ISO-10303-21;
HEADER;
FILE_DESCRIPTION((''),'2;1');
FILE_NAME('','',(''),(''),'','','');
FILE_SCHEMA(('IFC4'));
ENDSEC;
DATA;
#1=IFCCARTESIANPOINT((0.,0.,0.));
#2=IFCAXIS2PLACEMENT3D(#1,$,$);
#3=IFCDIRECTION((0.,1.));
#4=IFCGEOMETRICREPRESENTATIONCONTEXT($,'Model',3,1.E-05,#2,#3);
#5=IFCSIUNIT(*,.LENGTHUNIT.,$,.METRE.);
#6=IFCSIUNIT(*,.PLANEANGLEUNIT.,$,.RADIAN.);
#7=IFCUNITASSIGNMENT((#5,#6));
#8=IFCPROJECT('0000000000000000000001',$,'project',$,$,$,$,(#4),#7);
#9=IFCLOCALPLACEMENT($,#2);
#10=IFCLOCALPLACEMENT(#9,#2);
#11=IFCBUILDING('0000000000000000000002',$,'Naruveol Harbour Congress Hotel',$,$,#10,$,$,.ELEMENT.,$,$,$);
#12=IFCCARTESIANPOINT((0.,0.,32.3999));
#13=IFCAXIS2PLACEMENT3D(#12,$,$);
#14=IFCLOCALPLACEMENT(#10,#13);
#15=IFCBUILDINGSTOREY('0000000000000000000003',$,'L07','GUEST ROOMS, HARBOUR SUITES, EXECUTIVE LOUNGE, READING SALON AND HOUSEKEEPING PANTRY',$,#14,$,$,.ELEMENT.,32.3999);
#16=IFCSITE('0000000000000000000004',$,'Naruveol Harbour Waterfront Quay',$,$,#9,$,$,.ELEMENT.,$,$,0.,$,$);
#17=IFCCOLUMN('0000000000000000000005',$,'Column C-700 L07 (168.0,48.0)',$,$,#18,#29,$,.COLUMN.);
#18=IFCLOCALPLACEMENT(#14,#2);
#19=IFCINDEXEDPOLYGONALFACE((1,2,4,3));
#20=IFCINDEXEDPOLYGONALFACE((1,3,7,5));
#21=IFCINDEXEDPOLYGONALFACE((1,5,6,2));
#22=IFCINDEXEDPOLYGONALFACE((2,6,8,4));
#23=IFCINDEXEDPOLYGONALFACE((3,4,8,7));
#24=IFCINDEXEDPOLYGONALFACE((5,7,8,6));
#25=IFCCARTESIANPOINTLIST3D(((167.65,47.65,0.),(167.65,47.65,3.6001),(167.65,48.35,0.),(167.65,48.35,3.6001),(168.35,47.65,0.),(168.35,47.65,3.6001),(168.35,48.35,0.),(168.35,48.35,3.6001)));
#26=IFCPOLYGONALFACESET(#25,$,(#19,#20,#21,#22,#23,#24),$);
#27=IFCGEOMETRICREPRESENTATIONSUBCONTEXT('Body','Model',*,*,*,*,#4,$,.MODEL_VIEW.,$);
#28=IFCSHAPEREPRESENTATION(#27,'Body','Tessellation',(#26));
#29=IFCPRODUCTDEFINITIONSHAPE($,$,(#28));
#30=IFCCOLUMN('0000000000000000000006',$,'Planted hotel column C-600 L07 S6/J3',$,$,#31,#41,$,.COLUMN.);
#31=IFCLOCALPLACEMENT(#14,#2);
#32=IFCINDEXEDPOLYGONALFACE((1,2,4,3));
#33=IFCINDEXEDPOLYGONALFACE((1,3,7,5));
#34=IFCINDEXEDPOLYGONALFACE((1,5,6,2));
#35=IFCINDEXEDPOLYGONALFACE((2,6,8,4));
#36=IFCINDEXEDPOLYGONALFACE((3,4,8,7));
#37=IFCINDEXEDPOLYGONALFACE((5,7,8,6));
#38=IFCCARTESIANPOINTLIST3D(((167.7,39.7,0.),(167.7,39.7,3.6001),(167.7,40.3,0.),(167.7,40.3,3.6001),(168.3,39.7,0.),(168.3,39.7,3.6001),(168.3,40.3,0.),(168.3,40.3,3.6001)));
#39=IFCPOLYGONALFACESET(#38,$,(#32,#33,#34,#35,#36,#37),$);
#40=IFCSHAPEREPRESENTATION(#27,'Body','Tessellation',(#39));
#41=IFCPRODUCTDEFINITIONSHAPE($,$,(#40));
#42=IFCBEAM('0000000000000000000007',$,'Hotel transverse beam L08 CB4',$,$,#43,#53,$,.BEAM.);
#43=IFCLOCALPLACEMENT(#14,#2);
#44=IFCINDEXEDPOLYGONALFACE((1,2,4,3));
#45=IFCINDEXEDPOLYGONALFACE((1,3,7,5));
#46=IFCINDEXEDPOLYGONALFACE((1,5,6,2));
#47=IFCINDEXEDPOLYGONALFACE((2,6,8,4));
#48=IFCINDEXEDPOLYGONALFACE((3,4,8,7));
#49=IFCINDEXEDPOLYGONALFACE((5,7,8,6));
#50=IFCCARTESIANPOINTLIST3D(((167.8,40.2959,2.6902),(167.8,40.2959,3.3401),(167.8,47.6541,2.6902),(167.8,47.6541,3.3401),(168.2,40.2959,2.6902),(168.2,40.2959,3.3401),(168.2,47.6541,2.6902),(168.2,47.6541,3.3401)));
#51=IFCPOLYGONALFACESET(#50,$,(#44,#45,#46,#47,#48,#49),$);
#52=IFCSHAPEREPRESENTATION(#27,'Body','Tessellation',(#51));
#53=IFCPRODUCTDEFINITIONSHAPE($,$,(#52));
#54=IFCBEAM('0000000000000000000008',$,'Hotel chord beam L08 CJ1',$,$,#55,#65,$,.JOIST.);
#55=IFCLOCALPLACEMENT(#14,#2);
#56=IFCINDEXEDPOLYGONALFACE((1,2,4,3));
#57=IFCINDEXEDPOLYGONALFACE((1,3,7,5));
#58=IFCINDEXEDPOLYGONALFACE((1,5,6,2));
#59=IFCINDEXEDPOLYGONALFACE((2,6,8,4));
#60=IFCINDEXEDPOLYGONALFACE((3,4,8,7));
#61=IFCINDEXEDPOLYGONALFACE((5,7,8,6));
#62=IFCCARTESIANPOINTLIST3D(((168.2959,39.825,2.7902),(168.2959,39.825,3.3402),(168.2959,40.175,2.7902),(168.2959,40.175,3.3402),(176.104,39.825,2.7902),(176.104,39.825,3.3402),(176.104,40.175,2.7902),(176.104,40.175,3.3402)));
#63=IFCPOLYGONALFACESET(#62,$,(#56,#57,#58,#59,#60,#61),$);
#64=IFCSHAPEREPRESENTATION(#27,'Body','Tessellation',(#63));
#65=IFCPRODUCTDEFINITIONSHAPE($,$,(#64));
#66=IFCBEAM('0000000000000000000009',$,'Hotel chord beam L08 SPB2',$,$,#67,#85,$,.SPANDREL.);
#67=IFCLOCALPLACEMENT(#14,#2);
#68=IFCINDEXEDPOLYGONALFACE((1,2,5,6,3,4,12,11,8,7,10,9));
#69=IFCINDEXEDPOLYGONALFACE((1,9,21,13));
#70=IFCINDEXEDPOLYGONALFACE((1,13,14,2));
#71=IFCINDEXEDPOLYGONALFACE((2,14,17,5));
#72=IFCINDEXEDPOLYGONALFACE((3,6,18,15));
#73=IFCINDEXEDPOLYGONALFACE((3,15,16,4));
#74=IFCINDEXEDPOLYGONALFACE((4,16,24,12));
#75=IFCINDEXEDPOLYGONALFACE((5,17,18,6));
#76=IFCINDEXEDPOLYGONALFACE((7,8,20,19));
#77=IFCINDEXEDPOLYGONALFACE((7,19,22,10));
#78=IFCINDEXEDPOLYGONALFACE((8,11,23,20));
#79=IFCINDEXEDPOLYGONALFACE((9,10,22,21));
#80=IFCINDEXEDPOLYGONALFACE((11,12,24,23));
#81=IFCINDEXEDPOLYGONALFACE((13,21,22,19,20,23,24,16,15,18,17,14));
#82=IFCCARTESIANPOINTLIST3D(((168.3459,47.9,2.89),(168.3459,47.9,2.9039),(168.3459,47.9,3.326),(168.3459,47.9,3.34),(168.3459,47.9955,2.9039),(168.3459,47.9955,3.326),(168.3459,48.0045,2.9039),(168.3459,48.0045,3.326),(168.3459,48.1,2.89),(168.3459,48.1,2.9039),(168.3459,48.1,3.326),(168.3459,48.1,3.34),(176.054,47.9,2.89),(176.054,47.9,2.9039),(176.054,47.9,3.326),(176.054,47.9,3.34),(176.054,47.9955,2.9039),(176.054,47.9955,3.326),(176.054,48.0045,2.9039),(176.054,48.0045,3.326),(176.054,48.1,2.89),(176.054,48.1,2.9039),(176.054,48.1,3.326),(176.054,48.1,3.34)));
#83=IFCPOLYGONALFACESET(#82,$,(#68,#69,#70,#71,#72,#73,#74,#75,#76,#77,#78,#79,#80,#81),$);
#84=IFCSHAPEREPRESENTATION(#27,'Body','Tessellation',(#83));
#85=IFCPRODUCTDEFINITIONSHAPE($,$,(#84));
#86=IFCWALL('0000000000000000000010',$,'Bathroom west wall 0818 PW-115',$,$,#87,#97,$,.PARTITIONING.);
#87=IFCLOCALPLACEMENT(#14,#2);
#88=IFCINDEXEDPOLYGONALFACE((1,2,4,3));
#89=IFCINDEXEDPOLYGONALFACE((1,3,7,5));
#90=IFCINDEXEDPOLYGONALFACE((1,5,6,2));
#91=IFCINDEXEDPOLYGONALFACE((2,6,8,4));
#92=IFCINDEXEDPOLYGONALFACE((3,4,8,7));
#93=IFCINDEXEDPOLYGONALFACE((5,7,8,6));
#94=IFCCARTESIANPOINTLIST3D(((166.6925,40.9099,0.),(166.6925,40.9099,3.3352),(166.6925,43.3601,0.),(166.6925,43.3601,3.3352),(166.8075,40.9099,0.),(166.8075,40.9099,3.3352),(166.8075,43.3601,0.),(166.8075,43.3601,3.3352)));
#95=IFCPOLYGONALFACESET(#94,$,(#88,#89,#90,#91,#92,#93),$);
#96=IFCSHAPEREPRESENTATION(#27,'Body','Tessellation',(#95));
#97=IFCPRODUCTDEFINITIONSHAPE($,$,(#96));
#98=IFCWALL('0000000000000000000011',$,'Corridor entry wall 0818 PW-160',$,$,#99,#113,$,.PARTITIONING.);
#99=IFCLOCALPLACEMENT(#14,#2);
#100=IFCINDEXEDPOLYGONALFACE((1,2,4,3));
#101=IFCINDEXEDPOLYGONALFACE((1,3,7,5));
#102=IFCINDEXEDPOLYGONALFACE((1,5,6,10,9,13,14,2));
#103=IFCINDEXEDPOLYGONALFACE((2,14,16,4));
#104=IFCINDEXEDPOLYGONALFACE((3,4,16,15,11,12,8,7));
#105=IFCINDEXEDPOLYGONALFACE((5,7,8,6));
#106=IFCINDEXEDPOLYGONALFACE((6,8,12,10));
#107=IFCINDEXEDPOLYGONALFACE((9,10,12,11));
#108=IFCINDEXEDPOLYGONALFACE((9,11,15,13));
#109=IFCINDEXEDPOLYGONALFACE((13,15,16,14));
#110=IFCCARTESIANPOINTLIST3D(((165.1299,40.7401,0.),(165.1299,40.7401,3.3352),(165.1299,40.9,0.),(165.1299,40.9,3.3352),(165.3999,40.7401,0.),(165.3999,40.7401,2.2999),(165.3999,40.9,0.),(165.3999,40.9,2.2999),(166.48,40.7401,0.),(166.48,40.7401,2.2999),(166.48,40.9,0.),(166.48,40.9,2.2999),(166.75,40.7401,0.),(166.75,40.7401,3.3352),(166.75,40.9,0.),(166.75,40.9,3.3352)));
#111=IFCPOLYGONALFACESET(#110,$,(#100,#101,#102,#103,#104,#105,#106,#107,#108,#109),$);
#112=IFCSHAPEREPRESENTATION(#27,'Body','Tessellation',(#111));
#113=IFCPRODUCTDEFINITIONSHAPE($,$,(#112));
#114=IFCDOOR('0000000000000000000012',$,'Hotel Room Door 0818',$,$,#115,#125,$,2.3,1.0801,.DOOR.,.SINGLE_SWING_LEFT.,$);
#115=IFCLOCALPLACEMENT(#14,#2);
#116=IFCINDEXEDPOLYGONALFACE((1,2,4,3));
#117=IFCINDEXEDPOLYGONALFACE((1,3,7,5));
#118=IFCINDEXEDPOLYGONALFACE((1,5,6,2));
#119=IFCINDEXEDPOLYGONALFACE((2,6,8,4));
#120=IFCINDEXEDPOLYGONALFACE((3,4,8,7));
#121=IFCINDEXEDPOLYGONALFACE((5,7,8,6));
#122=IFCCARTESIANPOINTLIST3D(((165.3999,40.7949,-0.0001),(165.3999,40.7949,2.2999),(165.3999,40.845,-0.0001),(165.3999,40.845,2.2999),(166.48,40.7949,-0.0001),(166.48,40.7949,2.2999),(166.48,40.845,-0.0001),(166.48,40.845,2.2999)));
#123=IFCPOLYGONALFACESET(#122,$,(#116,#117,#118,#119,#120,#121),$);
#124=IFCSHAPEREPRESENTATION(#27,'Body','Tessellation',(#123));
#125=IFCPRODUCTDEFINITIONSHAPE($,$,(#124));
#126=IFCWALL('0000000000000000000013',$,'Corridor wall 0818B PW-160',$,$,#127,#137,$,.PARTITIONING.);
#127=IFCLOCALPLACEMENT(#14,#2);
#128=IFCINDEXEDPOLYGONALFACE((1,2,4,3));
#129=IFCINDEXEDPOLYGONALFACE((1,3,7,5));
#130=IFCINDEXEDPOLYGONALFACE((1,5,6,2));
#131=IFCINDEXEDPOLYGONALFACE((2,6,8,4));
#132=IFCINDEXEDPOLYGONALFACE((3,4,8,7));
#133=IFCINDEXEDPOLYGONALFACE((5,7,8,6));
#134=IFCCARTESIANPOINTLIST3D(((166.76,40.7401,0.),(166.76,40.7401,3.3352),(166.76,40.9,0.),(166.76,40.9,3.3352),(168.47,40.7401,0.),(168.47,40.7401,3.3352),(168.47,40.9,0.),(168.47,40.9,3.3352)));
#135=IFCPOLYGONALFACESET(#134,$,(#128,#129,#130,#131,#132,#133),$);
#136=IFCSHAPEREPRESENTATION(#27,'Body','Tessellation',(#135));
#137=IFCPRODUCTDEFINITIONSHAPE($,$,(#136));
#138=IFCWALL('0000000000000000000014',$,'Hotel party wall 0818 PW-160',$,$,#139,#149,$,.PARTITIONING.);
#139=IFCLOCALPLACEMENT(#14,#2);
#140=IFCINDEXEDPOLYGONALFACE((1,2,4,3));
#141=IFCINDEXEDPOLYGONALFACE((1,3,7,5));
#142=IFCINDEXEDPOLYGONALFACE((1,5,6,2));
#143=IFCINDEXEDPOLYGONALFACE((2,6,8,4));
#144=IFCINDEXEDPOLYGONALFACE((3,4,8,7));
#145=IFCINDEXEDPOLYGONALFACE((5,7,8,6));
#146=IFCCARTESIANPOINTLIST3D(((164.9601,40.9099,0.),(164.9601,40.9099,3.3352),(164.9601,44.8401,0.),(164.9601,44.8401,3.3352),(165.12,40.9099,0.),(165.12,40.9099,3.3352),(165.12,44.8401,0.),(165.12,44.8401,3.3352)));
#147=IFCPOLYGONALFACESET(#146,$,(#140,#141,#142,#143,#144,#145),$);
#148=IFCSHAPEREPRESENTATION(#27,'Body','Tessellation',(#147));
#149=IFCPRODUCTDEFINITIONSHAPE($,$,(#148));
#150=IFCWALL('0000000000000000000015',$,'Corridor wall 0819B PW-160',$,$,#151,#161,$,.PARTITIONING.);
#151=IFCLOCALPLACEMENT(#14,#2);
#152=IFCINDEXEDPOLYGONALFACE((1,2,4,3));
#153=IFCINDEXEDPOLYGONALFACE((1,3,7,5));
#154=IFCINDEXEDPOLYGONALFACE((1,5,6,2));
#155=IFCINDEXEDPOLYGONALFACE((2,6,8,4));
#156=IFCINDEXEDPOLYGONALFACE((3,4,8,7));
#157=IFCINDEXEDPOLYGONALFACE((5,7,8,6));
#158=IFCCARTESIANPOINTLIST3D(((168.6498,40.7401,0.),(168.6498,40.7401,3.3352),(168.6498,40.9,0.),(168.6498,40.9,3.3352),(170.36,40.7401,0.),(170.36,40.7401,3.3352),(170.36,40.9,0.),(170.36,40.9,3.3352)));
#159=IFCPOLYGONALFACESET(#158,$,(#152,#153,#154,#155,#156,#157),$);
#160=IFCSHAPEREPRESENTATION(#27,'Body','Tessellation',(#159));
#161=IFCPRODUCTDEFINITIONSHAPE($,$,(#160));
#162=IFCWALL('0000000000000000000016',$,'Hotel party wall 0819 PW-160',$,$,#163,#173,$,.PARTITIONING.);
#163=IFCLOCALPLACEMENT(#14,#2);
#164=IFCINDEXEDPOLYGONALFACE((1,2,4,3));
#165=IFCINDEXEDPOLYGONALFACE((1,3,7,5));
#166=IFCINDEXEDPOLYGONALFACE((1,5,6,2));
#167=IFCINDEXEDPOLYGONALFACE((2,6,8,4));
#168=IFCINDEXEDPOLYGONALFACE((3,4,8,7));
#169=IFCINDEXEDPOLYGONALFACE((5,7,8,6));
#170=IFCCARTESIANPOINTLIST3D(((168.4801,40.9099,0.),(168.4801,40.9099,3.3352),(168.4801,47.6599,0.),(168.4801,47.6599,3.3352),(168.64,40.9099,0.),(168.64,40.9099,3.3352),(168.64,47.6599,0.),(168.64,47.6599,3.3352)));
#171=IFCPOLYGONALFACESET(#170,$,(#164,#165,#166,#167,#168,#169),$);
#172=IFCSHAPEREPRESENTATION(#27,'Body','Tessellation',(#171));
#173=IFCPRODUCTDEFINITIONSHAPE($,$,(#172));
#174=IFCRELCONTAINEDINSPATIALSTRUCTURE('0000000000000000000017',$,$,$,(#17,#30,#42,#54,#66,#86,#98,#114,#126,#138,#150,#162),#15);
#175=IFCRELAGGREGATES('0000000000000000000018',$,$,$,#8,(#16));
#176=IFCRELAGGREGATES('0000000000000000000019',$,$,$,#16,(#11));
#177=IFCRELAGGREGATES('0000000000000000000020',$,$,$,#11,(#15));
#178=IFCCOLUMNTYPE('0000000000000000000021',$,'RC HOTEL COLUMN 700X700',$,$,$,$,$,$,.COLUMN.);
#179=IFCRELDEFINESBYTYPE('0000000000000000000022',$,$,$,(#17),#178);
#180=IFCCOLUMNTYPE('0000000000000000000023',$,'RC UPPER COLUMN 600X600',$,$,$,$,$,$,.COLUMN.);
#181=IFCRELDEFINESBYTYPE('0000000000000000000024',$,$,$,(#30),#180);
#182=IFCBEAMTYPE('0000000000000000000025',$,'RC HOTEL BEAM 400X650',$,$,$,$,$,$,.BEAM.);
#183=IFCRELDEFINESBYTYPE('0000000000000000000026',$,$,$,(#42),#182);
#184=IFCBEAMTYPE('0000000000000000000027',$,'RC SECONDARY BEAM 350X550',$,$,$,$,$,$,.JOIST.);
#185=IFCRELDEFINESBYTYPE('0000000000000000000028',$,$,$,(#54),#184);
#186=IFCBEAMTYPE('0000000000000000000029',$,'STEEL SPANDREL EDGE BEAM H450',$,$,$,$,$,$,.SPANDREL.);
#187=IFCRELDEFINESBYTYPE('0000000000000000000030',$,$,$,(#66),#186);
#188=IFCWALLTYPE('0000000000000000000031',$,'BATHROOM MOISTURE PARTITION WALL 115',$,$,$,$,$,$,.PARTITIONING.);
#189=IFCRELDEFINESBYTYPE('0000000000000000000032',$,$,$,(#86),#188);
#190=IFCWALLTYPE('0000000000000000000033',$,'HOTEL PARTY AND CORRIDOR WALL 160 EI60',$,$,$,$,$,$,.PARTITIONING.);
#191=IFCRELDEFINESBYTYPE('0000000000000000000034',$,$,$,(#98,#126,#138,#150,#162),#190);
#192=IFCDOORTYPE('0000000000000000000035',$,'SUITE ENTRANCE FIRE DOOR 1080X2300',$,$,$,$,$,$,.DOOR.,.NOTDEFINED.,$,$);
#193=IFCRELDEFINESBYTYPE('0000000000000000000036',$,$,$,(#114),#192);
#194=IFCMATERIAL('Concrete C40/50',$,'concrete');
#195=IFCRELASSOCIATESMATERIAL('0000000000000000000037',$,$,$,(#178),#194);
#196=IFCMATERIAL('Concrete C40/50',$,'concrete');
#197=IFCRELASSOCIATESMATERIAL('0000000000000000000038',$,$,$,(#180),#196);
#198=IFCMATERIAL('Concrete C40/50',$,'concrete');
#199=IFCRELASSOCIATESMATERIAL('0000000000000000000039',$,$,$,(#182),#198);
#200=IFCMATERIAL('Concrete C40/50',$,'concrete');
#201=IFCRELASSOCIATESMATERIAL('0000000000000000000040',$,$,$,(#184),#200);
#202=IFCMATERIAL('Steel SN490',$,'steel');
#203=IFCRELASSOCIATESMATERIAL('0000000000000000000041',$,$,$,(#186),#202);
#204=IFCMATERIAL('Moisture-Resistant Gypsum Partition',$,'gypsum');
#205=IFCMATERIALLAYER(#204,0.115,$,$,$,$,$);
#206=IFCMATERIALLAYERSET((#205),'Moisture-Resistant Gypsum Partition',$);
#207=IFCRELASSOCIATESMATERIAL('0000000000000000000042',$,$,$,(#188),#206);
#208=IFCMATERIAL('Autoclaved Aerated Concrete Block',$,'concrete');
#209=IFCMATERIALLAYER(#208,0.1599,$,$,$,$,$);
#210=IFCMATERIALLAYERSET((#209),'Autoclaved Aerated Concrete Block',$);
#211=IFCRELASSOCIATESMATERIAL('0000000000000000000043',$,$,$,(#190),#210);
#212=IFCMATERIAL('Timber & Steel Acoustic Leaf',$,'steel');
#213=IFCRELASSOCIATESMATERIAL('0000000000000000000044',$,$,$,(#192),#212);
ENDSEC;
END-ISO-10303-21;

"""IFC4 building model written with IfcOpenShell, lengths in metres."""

from ifc_helpers import new_model, si_unit, direction, frame, frame_2d, origin, origin_2d, place, context, subcontext, project, spatial, rectangle, i_section, extrude, material, layer, layer_set, material_profile, profile_set, type_object, element, fill, save


model = new_model("IFC4")

# Units and contexts
model_context = context("Model", 3, precision=1e-05, world=origin(), true_north=direction((0.0, 1.0)))
body_context = subcontext(model_context, "Body", "Model", "MODEL_VIEW")
ifc_project = project(units=[si_unit("LENGTHUNIT", "METRE"), si_unit("PLANEANGLEUNIT", "RADIAN")], contexts=[model_context])

# Site, building, storey
site_placement = place(None, origin())
site = spatial("IfcSite", under=ifc_project, at=site_placement, Name="Naruveol Harbour Waterfront Quay", CompositionType="ELEMENT", RefElevation=0.0)
building_placement = place(site_placement, origin())
building = spatial("IfcBuilding", under=site, at=building_placement, Name="Naruveol Harbour Congress Hotel", CompositionType="ELEMENT")
storey_placement = place(building_placement, frame((0.0, 0.0, 32.3999)))
storey = spatial("IfcBuildingStorey", under=building, at=storey_placement, Name="L07", Description="GUEST ROOMS, HARBOUR SUITES, EXECUTIVE LOUNGE, READING SALON AND HOUSEKEEPING PANTRY", CompositionType="ELEMENT", Elevation=32.3999)

# Columns
ifc_material_1 = material(Name="Concrete C40/50", Category="concrete")
ifc_material_profile_1 = material_profile(ifc_material_1, rectangle(XDim=0.7, YDim=0.7, at=origin_2d()), Name="RC-700x700")
ifc_profile_set_1 = profile_set([ifc_material_profile_1], Name="Concrete C40/50")
column_type_1 = type_object("IfcColumnType", Name="RC HOTEL COLUMN 700X700", PredefinedType="COLUMN", material=ifc_profile_set_1)
column_1_placement = place(storey_placement, frame((168.0, 48.0, 0.0), z_axis=(0.0, 0.0, 1.0), x_axis=(1.0, 0.0, 0.0)))
element("IfcColumn", 1, at=column_1_placement, inside=storey, type_object=column_type_1, Name="Column C-700 L07 (168.0,48.0)", PredefinedType="COLUMN", context=body_context, shape_type="SweptSolid", body=[
    extrude(rectangle(XDim=0.7, YDim=0.7, at=origin_2d()), origin(), (0.0, 0.0, 1.0), 3.6001),
])
ifc_material_2 = material(Name="Concrete C40/50", Category="concrete")
ifc_material_profile_2 = material_profile(ifc_material_2, rectangle(XDim=0.6001, YDim=0.6001, at=origin_2d()), Name="RC-600x600")
ifc_profile_set_2 = profile_set([ifc_material_profile_2], Name="Concrete C40/50")
column_type_2 = type_object("IfcColumnType", Name="RC UPPER COLUMN 600X600", PredefinedType="COLUMN", material=ifc_profile_set_2)
column_2_placement = place(storey_placement, frame((168.0, 40.0, 0.0), z_axis=(0.0, 0.0, 1.0), x_axis=(1.0, 0.0, 0.0)))
element("IfcColumn", 2, at=column_2_placement, inside=storey, type_object=column_type_2, Name="Planted hotel column C-600 L07 S6/J3", PredefinedType="COLUMN", context=body_context, shape_type="SweptSolid", body=[
    extrude(rectangle(XDim=0.6001, YDim=0.6001, at=origin_2d()), origin(), (0.0, 0.0, 1.0), 3.6001),
])

# Beams
ifc_material_3 = material(Name="Concrete C40/50", Category="concrete")
ifc_material_profile_3 = material_profile(ifc_material_3, rectangle(XDim=0.3999, YDim=0.6499, at=origin_2d()), Name="RCB-400x650")
ifc_profile_set_3 = profile_set([ifc_material_profile_3], Name="Concrete C40/50")
beam_type_1 = type_object("IfcBeamType", Name="RC HOTEL BEAM 400X650", PredefinedType="BEAM", material=ifc_profile_set_3)
beam_1_placement = place(storey_placement, frame((168.0, 40.2959, 3.0151), z_axis=(0.0, 1.0, 0.0), x_axis=(-1.0, 0.0, 0.0)))
element("IfcBeam", 3, at=beam_1_placement, inside=storey, type_object=beam_type_1, Name="Hotel transverse beam L08 CB4", PredefinedType="BEAM", context=body_context, shape_type="SweptSolid", body=[
    extrude(rectangle(XDim=0.3999, YDim=0.6499, at=origin_2d()), origin(), (0.0, 0.0, 1.0), 7.3582),
])
ifc_material_4 = material(Name="Concrete C40/50", Category="concrete")
ifc_material_profile_4 = material_profile(ifc_material_4, rectangle(XDim=0.3501, YDim=0.55, at=origin_2d()), Name="RCB-350x550")
ifc_profile_set_4 = profile_set([ifc_material_profile_4], Name="Concrete C40/50")
beam_type_2 = type_object("IfcBeamType", Name="RC SECONDARY BEAM 350X550", PredefinedType="JOIST", material=ifc_profile_set_4)
beam_2_placement = place(storey_placement, frame((168.2959, 40.0, 3.0652), z_axis=(1.0, 0.0, 0.0), x_axis=(0.0, 1.0, 0.0)))
element("IfcBeam", 4, at=beam_2_placement, inside=storey, type_object=beam_type_2, Name="Hotel chord beam L08 CJ1", PredefinedType="JOIST", context=body_context, shape_type="SweptSolid", body=[
    extrude(rectangle(XDim=0.3501, YDim=0.55, at=origin_2d()), origin(), (0.0, 0.0, 1.0), 7.8081),
])
ifc_material_5 = material(Name="Steel SN490", Category="steel")
ifc_material_profile_5 = material_profile(ifc_material_5, i_section(OverallWidth=0.2, OverallDepth=0.45, WebThickness=0.009, FlangeThickness=0.0139, at=origin_2d()), Name="H-450x200x9x14")
ifc_profile_set_5 = profile_set([ifc_material_profile_5], Name="Steel SN490")
beam_type_3 = type_object("IfcBeamType", Name="STEEL SPANDREL EDGE BEAM H450", PredefinedType="SPANDREL", material=ifc_profile_set_5)
beam_3_placement = place(storey_placement, frame((168.3459, 48.0, 3.115), z_axis=(1.0, 0.0, 0.0), x_axis=(0.0, 1.0, 0.0)))
element("IfcBeam", 5, at=beam_3_placement, inside=storey, type_object=beam_type_3, Name="Hotel chord beam L08 SPB2", PredefinedType="SPANDREL", context=body_context, shape_type="SweptSolid", body=[
    extrude(i_section(OverallWidth=0.2, OverallDepth=0.45, WebThickness=0.009, FlangeThickness=0.0139, at=origin_2d()), origin(), (0.0, 0.0, 1.0), 7.708),
])

# Shared definitions
ifc_material_6 = material(Name="Moisture-Resistant Gypsum Partition", Category="gypsum")
ifc_layer_1 = layer(ifc_material_6, 0.115)
ifc_layer_set_1 = layer_set([ifc_layer_1], Name="Moisture-Resistant Gypsum Partition")
wall_type_1 = type_object("IfcWallType", Name="BATHROOM MOISTURE PARTITION WALL 115", PredefinedType="PARTITIONING", material=ifc_layer_set_1)

# Wall
wall_1_placement = place(storey_placement, frame((166.75, 40.9099, 0.0), z_axis=(0.0, 0.0, 1.0), x_axis=(0.0, 1.0, 0.0)))
element("IfcWall", 6, at=wall_1_placement, inside=storey, type_object=wall_type_1, Name="Bathroom west wall 0818 PW-115", PredefinedType="PARTITIONING", context=body_context, shape_type="SweptSolid", body=[
    extrude(rectangle(XDim=2.4502, YDim=0.115, at=frame_2d((1.2251, 0.0))), origin(), (0.0, 0.0, 1.0), 3.3352),
])

# Wall, opening, door
ifc_material_7 = material(Name="Autoclaved Aerated Concrete Block", Category="concrete")
ifc_layer_2 = layer(ifc_material_7, 0.1599)
ifc_layer_set_2 = layer_set([ifc_layer_2], Name="Autoclaved Aerated Concrete Block")
wall_type_2 = type_object("IfcWallType", Name="HOTEL PARTY AND CORRIDOR WALL 160 EI60", PredefinedType="PARTITIONING", material=ifc_layer_set_2)
wall_2_placement = place(storey_placement, frame((165.1299, 40.8201, 0.0), z_axis=(0.0, 0.0, 1.0), x_axis=(1.0, 0.0, 0.0)))
wall_2 = element("IfcWall", 7, at=wall_2_placement, inside=storey, type_object=wall_type_2, Name="Corridor entry wall 0818 PW-160", PredefinedType="PARTITIONING", context=body_context, shape_type="SweptSolid", body=[
    extrude(rectangle(XDim=1.6201, YDim=0.1599, at=frame_2d((0.8101, 0.0))), origin(), (0.0, 0.0, 1.0), 3.3352),
])
opening_1_placement = place(wall_2_placement, frame((0.27, 0.0, 0.0)))
opening_1 = element("IfcOpeningElement", 8, at=opening_1_placement, cuts=wall_2, PredefinedType="OPENING", context=body_context, shape_type="SweptSolid", body=[
    extrude(rectangle(XDim=1.0801, YDim=2.3, at=frame_2d((0.54, 1.1499))), frame((0.0, 0.0898, 0.0), z_axis=(0.0, -1.0, 0.0), x_axis=(1.0, 0.0, 0.0)), (0.0, 0.0, 1.0), 0.1799),
])
ifc_material_8 = material(Name="Timber & Steel Acoustic Leaf", Category="steel")
door_type_1 = type_object("IfcDoorType", Name="SUITE ENTRANCE FIRE DOOR 1080X2300", OperationType="NOTDEFINED", PredefinedType="DOOR", material=ifc_material_8)
door_1_placement = place(opening_1_placement, origin())
door_1 = element("IfcDoor", 9, at=door_1_placement, inside=storey, type_object=door_type_1, Name="Hotel Room Door 0818", OperationType="SINGLE_SWING_LEFT", OverallHeight=2.3, OverallWidth=1.0801, PredefinedType="DOOR", context=body_context, shape_type="SweptSolid", body=[
    extrude(rectangle(XDim=1.0801, YDim=2.3, at=frame_2d((0.54, 1.1499))), frame((0.0, 0.0249, 0.0), z_axis=(0.0, -1.0, 0.0), x_axis=(1.0, 0.0, 0.0)), (0.0, 0.0, 1.0), 0.05),
])
fill(opening_1, door_1)

# Walls
wall_3_placement = place(storey_placement, frame((166.76, 40.8201, 0.0), z_axis=(0.0, 0.0, 1.0), x_axis=(1.0, 0.0, 0.0)))
element("IfcWall", 10, at=wall_3_placement, inside=storey, type_object=wall_type_2, Name="Corridor wall 0818B PW-160", PredefinedType="PARTITIONING", context=body_context, shape_type="SweptSolid", body=[
    extrude(rectangle(XDim=1.71, YDim=0.1599, at=frame_2d((0.855, 0.0))), origin(), (0.0, 0.0, 1.0), 3.3352),
])
wall_4_placement = place(storey_placement, frame((165.04, 40.9099, 0.0), z_axis=(0.0, 0.0, 1.0), x_axis=(0.0, 1.0, 0.0)))
element("IfcWall", 11, at=wall_4_placement, inside=storey, type_object=wall_type_2, Name="Hotel party wall 0818 PW-160", PredefinedType="PARTITIONING", context=body_context, shape_type="SweptSolid", body=[
    extrude(rectangle(XDim=3.9302, YDim=0.1599, at=frame_2d((1.9651, 0.0))), origin(), (0.0, 0.0, 1.0), 3.3352),
])
wall_5_placement = place(storey_placement, frame((168.6499, 40.8201, 0.0), z_axis=(0.0, 0.0, 1.0), x_axis=(1.0, 0.0, 0.0)))
element("IfcWall", 12, at=wall_5_placement, inside=storey, type_object=wall_type_2, Name="Corridor wall 0819B PW-160", PredefinedType="PARTITIONING", context=body_context, shape_type="SweptSolid", body=[
    extrude(rectangle(XDim=1.7102, YDim=0.1599, at=frame_2d((0.855, 0.0))), origin(), (0.0, 0.0, 1.0), 3.3352),
])
wall_6_placement = place(storey_placement, frame((168.5601, 40.9099, 0.0), z_axis=(0.0, 0.0, 1.0), x_axis=(0.0, 1.0, 0.0)))
element("IfcWall", 13, at=wall_6_placement, inside=storey, type_object=wall_type_2, Name="Hotel party wall 0819 PW-160", PredefinedType="PARTITIONING", context=body_context, shape_type="SweptSolid", body=[
    extrude(rectangle(XDim=6.75, YDim=0.1599, at=frame_2d((3.375, 0.0))), origin(), (0.0, 0.0, 1.0), 3.3352),
])

save(model, "model.ifc")
